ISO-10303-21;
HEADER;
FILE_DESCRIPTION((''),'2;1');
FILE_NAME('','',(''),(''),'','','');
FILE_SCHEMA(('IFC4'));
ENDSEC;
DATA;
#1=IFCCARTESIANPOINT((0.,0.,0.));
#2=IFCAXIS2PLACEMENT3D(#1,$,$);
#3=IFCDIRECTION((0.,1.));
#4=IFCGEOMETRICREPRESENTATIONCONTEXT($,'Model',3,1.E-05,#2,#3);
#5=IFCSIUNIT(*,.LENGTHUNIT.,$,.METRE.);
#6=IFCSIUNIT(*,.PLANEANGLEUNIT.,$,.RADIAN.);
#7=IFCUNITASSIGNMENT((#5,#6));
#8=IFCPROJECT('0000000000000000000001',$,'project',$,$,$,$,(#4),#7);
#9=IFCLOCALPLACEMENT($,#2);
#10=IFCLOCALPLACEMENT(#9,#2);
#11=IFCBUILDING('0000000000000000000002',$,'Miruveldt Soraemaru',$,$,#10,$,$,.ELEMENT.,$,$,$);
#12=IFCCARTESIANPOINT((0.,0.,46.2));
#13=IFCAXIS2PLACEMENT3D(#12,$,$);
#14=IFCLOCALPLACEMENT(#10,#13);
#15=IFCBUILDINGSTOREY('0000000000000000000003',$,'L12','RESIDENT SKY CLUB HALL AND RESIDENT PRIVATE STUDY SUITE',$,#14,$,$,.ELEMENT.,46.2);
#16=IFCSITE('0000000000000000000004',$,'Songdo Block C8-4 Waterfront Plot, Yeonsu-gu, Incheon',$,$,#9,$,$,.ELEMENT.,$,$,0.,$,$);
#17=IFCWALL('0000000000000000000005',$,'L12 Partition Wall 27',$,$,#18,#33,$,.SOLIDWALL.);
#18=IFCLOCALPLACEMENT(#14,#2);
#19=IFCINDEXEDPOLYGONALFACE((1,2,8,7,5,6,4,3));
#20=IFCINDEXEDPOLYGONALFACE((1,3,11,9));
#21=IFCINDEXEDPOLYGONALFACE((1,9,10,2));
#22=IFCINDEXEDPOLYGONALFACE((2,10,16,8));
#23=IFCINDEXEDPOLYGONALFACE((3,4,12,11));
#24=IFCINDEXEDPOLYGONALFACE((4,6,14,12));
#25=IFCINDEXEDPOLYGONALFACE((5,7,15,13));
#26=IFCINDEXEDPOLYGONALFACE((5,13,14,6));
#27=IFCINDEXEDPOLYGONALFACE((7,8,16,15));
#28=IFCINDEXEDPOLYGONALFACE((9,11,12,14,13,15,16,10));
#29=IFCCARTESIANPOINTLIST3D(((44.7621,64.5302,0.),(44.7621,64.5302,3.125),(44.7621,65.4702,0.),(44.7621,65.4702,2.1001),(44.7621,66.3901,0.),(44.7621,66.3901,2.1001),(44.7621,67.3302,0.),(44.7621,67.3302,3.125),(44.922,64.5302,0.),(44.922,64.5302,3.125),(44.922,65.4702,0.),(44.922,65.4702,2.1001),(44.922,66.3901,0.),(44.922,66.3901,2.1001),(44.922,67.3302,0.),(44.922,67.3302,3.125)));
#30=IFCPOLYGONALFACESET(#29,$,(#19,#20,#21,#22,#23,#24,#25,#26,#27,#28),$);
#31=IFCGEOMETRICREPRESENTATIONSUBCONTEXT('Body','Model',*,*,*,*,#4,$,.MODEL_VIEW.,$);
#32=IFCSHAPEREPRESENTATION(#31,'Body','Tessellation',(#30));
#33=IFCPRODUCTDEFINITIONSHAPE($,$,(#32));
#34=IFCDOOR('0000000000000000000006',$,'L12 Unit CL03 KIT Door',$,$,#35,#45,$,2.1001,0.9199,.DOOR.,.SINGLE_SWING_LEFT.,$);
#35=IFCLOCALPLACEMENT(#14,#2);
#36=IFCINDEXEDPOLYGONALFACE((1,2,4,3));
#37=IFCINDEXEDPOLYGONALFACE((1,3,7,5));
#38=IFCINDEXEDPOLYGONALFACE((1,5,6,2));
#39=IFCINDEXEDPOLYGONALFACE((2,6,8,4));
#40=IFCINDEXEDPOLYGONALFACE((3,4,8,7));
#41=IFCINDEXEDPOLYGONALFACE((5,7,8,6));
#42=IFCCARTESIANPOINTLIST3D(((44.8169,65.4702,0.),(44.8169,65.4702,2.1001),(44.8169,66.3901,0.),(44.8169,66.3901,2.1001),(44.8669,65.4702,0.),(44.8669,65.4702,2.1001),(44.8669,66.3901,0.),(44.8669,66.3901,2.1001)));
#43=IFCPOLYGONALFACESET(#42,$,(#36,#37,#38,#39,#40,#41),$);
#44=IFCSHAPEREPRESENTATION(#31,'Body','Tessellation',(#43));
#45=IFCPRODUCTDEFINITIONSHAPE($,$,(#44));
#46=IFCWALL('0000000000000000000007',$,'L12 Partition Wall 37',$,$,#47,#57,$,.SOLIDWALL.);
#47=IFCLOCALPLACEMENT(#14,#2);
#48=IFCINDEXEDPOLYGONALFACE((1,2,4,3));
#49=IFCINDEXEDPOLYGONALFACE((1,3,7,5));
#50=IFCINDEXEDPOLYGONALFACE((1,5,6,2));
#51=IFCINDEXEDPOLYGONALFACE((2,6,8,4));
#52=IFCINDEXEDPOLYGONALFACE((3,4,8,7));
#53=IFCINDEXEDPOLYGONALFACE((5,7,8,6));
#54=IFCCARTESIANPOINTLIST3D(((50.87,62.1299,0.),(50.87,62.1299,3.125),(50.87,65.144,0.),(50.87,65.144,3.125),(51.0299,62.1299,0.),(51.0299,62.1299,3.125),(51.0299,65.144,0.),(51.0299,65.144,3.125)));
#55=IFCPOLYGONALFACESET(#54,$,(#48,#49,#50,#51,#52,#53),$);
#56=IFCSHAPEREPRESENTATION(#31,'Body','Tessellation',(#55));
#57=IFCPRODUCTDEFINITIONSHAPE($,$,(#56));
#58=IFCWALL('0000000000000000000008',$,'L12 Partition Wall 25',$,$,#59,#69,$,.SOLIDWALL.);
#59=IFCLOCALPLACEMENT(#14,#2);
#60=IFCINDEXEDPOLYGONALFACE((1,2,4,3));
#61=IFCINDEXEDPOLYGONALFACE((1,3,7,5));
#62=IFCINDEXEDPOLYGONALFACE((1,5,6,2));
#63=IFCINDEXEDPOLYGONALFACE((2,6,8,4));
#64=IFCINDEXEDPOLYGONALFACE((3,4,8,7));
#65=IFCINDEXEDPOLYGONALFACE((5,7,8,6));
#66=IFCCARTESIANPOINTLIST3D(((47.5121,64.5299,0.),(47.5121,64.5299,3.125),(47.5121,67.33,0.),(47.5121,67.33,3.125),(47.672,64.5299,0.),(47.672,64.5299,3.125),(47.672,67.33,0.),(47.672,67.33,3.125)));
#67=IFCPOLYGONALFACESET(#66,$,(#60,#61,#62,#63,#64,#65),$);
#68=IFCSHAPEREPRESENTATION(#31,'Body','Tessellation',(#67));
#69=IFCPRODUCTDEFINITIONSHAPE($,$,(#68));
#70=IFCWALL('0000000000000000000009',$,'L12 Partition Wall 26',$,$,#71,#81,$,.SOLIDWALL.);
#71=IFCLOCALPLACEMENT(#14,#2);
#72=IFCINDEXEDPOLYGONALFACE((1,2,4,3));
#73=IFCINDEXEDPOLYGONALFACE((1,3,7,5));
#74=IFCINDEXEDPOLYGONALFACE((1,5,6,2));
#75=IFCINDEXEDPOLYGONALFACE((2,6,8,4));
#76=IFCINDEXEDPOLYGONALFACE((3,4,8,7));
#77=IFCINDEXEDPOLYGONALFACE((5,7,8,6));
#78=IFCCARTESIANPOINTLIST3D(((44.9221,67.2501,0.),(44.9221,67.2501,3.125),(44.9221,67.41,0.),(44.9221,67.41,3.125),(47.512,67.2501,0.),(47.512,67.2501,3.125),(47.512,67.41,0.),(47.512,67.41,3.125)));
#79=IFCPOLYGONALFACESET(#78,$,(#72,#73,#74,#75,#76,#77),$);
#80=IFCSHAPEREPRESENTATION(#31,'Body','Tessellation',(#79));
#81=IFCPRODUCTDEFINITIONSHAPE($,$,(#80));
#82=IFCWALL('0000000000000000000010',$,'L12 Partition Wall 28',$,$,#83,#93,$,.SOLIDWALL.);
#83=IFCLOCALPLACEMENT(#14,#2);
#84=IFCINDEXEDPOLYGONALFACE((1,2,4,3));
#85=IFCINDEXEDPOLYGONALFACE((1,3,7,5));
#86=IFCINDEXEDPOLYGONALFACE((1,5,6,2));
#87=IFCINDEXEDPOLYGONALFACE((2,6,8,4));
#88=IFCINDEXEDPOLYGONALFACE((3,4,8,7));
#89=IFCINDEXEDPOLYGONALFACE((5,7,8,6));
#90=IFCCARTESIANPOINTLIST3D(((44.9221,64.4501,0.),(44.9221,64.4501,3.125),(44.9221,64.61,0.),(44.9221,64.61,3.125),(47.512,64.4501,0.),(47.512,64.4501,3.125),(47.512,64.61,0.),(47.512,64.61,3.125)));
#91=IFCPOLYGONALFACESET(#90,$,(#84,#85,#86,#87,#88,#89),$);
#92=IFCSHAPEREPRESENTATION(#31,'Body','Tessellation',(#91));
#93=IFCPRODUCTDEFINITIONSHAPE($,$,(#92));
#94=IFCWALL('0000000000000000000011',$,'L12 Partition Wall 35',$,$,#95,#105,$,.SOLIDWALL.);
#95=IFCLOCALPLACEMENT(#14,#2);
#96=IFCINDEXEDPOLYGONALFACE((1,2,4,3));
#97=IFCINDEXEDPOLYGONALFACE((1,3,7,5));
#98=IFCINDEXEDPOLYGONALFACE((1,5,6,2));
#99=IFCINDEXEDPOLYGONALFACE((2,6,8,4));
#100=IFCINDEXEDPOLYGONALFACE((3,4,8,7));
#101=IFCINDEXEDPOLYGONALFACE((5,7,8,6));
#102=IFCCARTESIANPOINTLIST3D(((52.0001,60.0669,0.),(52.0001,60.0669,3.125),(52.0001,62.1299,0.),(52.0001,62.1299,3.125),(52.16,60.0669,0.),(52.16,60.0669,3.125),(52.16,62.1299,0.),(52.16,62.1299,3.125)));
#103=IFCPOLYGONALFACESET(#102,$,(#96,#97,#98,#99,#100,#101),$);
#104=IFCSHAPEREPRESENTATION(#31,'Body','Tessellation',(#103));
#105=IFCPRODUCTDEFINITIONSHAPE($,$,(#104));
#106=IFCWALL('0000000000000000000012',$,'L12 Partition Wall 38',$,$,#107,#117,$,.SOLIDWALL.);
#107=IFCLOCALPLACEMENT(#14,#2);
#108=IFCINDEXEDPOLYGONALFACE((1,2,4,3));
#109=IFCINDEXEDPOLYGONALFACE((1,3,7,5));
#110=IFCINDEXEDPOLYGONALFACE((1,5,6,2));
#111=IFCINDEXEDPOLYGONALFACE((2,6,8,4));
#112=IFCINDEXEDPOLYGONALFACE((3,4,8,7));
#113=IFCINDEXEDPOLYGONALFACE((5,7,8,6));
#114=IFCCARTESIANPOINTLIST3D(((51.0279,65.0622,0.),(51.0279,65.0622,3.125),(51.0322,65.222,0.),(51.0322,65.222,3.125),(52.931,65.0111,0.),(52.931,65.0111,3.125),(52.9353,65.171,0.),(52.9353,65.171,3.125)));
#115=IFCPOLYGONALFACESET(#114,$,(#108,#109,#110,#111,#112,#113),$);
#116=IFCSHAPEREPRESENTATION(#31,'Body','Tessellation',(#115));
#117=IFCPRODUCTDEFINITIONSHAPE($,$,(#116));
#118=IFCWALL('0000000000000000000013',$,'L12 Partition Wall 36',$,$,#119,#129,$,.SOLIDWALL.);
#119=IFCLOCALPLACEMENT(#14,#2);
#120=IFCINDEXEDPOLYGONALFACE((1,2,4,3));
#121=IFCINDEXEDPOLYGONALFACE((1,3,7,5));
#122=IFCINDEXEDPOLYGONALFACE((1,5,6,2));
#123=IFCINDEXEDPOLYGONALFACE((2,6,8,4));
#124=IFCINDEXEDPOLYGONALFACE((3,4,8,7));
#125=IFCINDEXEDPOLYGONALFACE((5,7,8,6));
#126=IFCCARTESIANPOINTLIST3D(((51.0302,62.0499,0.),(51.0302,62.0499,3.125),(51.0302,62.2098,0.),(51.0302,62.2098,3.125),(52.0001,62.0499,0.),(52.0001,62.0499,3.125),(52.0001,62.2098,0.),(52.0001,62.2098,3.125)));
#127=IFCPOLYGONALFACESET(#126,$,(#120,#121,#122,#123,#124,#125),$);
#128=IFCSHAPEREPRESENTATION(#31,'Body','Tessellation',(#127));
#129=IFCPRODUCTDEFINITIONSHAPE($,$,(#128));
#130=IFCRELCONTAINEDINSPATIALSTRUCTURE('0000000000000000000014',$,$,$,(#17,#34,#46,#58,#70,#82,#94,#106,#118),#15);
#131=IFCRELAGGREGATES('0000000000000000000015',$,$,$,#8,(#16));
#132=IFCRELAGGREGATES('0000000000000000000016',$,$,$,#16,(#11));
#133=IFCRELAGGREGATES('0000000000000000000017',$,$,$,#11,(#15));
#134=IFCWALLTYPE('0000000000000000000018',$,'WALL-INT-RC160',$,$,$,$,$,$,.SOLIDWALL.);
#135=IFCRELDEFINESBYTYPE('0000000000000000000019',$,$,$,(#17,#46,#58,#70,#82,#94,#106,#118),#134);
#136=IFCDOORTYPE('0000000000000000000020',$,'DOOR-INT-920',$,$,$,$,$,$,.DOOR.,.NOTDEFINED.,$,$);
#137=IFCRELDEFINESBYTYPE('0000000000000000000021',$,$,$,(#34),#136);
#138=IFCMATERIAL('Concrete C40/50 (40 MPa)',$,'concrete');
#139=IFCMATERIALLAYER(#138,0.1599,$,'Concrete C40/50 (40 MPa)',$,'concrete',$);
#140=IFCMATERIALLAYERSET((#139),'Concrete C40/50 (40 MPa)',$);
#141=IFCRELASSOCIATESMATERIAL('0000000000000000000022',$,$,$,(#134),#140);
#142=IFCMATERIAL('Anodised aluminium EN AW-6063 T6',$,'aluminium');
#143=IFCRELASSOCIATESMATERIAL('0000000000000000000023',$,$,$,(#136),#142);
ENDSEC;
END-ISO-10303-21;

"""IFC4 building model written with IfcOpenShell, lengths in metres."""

from ifc_helpers import new_model, si_unit, direction, frame, frame_2d, origin, place, context, subcontext, project, spatial, rectangle, extrude, material, layer, layer_set, type_object, element, fill, save


model = new_model("IFC4")

# Units and contexts
model_context = context("Model", 3, precision=1e-05, world=origin(), true_north=direction((0.0, 1.0)))
body_context = subcontext(model_context, "Body", "Model", "MODEL_VIEW")
ifc_project = project(units=[si_unit("LENGTHUNIT", "METRE"), si_unit("PLANEANGLEUNIT", "RADIAN")], contexts=[model_context])

# Site, building, storey
site_placement = place(None, origin())
site = spatial("IfcSite", under=ifc_project, at=site_placement, Name="Songdo Block C8-4 Waterfront Plot, Yeonsu-gu, Incheon", CompositionType="ELEMENT", RefElevation=0.0)
building_placement = place(site_placement, origin())
building = spatial("IfcBuilding", under=site, at=building_placement, Name="Miruveldt Soraemaru", CompositionType="ELEMENT")
storey_placement = place(building_placement, frame((0.0, 0.0, 46.2)))
storey = spatial("IfcBuildingStorey", under=building, at=storey_placement, Name="L12", Description="RESIDENT SKY CLUB HALL AND RESIDENT PRIVATE STUDY SUITE", CompositionType="ELEMENT", Elevation=46.2)

# Shared definitions
ifc_material_1 = material(Name="Anodised aluminium EN AW-6063 T6", Category="aluminium")

# Wall, opening, door
ifc_material_2 = material(Name="Concrete C40/50 (40 MPa)", Category="concrete")
ifc_layer_1 = layer(ifc_material_2, 0.1599, Name="Concrete C40/50 (40 MPa)", Category="concrete")
ifc_layer_set_1 = layer_set([ifc_layer_1], Name="Concrete C40/50 (40 MPa)")
wall_type_1 = type_object("IfcWallType", Name="WALL-INT-RC160", PredefinedType="SOLIDWALL", material=ifc_layer_set_1)
wall_1_placement = place(storey_placement, frame((44.842, 67.3301, 0.0), z_axis=(0.0, 0.0, 1.0), x_axis=(0.0, -1.0, 0.0)))
wall_1 = element("IfcWall", 1, at=wall_1_placement, inside=storey, type_object=wall_type_1, Name="L12 Partition Wall 27", PredefinedType="SOLIDWALL", context=body_context, shape_type="SweptSolid", body=[
    extrude(rectangle(XDim=2.8, YDim=0.1599, at=frame_2d((1.3999, 0.0))), origin(), (0.0, 0.0, 1.0), 3.125),
])
opening_1_placement = place(wall_1_placement, frame((0.9399, 0.0, 0.0)))
opening_1 = element("IfcOpeningElement", 2, at=opening_1_placement, cuts=wall_1, PredefinedType="OPENING", context=body_context, shape_type="SweptSolid", body=[
    extrude(rectangle(XDim=0.9199, YDim=2.1001, at=frame_2d((0.46, 1.05))), frame((0.0, 0.0898, 0.0), z_axis=(0.0, -1.0, 0.0), x_axis=(1.0, 0.0, 0.0)), (0.0, 0.0, 1.0), 0.1799),
])
door_type = type_object("IfcDoorType", Name="DOOR-INT-920", OperationType="NOTDEFINED", PredefinedType="DOOR", material=ifc_material_1)
door_placement = place(opening_1_placement, origin())
door = element("IfcDoor", 3, at=door_placement, inside=storey, type_object=door_type, Name="L12 Unit CL03 KIT Door", OperationType="SINGLE_SWING_LEFT", OverallHeight=2.1001, OverallWidth=0.9199, PredefinedType="DOOR", context=body_context, shape_type="SweptSolid", body=[
    extrude(rectangle(XDim=0.9199, YDim=2.1001, at=frame_2d((0.46, 1.05))), frame((0.0, 0.0249, 0.0), z_axis=(0.0, -1.0, 0.0), x_axis=(1.0, 0.0, 0.0)), (0.0, 0.0, 1.0), 0.05),
])
fill(opening_1, door)

# Walls
wall_2_placement = place(storey_placement, frame((50.95, 62.1299, 0.0), z_axis=(0.0, 0.0, 1.0), x_axis=(0.0, 1.0, 0.0)))
element("IfcWall", 4, at=wall_2_placement, inside=storey, type_object=wall_type_1, Name="L12 Partition Wall 37", PredefinedType="SOLIDWALL", context=body_context, shape_type="SweptSolid", body=[
    extrude(rectangle(XDim=3.0142, YDim=0.1599, at=frame_2d((1.5071, 0.0))), origin(), (0.0, 0.0, 1.0), 3.125),
])
wall_3_placement = place(storey_placement, frame((47.592, 64.53, 0.0), z_axis=(0.0, 0.0, 1.0), x_axis=(0.0, 1.0, 0.0)))
element("IfcWall", 5, at=wall_3_placement, inside=storey, type_object=wall_type_1, Name="L12 Partition Wall 25", PredefinedType="SOLIDWALL", context=body_context, shape_type="SweptSolid", body=[
    extrude(rectangle(XDim=2.8, YDim=0.1599, at=frame_2d((1.3999, 0.0))), origin(), (0.0, 0.0, 1.0), 3.125),
])
for number, where, z_axis, x_axis, name in (
    (6, (47.512, 67.3301, 0.0), (0.0, 0.0, 1.0), (-1.0, 0.0, 0.0), "L12 Partition Wall 26"),
    (7, (44.9221, 64.53, 0.0), (0.0, 0.0, 1.0), (1.0, 0.0, 0.0), "L12 Partition Wall 28"),
):
    element("IfcWall", number, at=place(storey_placement, frame(where, z_axis=z_axis, x_axis=x_axis)), inside=storey, type_object=wall_type_1, Name=name, PredefinedType="SOLIDWALL", context=body_context, shape_type="SweptSolid", body=[
        extrude(rectangle(XDim=2.5898, YDim=0.1599, at=frame_2d((1.2949, 0.0))), origin(), (0.0, 0.0, 1.0), 3.125),
    ])
wall_4_placement = place(storey_placement, frame((52.0801, 60.0669, 0.0), z_axis=(0.0, 0.0, 1.0), x_axis=(0.0, 1.0, 0.0)))
element("IfcWall", 8, at=wall_4_placement, inside=storey, type_object=wall_type_1, Name="L12 Partition Wall 35", PredefinedType="SOLIDWALL", context=body_context, shape_type="SweptSolid", body=[
    extrude(rectangle(XDim=2.063, YDim=0.1599, at=frame_2d((1.0315, 0.0))), origin(), (0.0, 0.0, 1.0), 3.125),
])
wall_5_placement = place(storey_placement, frame((51.03, 65.1421, 0.0), z_axis=(0.0, 0.0, 1.0), x_axis=(0.999641, -0.026802, 0.0)))
element("IfcWall", 9, at=wall_5_placement, inside=storey, type_object=wall_type_1, Name="L12 Partition Wall 38", PredefinedType="SOLIDWALL", context=body_context, shape_type="SweptSolid", body=[
    extrude(rectangle(XDim=1.9038, YDim=0.1599, at=frame_2d((0.9519, 0.0))), origin(), (0.0, 0.0, 1.0), 3.125),
])
wall_6_placement = place(storey_placement, frame((52.0, 62.1299, 0.0), z_axis=(0.0, 0.0, 1.0), x_axis=(-1.0, 0.0, 0.0)))
element("IfcWall", 10, at=wall_6_placement, inside=storey, type_object=wall_type_1, Name="L12 Partition Wall 36", PredefinedType="SOLIDWALL", context=body_context, shape_type="SweptSolid", body=[
    extrude(rectangle(XDim=0.97, YDim=0.1599, at=frame_2d((0.4849, 0.0))), origin(), (0.0, 0.0, 1.0), 3.125),
])

save(model, "model.ifc")
